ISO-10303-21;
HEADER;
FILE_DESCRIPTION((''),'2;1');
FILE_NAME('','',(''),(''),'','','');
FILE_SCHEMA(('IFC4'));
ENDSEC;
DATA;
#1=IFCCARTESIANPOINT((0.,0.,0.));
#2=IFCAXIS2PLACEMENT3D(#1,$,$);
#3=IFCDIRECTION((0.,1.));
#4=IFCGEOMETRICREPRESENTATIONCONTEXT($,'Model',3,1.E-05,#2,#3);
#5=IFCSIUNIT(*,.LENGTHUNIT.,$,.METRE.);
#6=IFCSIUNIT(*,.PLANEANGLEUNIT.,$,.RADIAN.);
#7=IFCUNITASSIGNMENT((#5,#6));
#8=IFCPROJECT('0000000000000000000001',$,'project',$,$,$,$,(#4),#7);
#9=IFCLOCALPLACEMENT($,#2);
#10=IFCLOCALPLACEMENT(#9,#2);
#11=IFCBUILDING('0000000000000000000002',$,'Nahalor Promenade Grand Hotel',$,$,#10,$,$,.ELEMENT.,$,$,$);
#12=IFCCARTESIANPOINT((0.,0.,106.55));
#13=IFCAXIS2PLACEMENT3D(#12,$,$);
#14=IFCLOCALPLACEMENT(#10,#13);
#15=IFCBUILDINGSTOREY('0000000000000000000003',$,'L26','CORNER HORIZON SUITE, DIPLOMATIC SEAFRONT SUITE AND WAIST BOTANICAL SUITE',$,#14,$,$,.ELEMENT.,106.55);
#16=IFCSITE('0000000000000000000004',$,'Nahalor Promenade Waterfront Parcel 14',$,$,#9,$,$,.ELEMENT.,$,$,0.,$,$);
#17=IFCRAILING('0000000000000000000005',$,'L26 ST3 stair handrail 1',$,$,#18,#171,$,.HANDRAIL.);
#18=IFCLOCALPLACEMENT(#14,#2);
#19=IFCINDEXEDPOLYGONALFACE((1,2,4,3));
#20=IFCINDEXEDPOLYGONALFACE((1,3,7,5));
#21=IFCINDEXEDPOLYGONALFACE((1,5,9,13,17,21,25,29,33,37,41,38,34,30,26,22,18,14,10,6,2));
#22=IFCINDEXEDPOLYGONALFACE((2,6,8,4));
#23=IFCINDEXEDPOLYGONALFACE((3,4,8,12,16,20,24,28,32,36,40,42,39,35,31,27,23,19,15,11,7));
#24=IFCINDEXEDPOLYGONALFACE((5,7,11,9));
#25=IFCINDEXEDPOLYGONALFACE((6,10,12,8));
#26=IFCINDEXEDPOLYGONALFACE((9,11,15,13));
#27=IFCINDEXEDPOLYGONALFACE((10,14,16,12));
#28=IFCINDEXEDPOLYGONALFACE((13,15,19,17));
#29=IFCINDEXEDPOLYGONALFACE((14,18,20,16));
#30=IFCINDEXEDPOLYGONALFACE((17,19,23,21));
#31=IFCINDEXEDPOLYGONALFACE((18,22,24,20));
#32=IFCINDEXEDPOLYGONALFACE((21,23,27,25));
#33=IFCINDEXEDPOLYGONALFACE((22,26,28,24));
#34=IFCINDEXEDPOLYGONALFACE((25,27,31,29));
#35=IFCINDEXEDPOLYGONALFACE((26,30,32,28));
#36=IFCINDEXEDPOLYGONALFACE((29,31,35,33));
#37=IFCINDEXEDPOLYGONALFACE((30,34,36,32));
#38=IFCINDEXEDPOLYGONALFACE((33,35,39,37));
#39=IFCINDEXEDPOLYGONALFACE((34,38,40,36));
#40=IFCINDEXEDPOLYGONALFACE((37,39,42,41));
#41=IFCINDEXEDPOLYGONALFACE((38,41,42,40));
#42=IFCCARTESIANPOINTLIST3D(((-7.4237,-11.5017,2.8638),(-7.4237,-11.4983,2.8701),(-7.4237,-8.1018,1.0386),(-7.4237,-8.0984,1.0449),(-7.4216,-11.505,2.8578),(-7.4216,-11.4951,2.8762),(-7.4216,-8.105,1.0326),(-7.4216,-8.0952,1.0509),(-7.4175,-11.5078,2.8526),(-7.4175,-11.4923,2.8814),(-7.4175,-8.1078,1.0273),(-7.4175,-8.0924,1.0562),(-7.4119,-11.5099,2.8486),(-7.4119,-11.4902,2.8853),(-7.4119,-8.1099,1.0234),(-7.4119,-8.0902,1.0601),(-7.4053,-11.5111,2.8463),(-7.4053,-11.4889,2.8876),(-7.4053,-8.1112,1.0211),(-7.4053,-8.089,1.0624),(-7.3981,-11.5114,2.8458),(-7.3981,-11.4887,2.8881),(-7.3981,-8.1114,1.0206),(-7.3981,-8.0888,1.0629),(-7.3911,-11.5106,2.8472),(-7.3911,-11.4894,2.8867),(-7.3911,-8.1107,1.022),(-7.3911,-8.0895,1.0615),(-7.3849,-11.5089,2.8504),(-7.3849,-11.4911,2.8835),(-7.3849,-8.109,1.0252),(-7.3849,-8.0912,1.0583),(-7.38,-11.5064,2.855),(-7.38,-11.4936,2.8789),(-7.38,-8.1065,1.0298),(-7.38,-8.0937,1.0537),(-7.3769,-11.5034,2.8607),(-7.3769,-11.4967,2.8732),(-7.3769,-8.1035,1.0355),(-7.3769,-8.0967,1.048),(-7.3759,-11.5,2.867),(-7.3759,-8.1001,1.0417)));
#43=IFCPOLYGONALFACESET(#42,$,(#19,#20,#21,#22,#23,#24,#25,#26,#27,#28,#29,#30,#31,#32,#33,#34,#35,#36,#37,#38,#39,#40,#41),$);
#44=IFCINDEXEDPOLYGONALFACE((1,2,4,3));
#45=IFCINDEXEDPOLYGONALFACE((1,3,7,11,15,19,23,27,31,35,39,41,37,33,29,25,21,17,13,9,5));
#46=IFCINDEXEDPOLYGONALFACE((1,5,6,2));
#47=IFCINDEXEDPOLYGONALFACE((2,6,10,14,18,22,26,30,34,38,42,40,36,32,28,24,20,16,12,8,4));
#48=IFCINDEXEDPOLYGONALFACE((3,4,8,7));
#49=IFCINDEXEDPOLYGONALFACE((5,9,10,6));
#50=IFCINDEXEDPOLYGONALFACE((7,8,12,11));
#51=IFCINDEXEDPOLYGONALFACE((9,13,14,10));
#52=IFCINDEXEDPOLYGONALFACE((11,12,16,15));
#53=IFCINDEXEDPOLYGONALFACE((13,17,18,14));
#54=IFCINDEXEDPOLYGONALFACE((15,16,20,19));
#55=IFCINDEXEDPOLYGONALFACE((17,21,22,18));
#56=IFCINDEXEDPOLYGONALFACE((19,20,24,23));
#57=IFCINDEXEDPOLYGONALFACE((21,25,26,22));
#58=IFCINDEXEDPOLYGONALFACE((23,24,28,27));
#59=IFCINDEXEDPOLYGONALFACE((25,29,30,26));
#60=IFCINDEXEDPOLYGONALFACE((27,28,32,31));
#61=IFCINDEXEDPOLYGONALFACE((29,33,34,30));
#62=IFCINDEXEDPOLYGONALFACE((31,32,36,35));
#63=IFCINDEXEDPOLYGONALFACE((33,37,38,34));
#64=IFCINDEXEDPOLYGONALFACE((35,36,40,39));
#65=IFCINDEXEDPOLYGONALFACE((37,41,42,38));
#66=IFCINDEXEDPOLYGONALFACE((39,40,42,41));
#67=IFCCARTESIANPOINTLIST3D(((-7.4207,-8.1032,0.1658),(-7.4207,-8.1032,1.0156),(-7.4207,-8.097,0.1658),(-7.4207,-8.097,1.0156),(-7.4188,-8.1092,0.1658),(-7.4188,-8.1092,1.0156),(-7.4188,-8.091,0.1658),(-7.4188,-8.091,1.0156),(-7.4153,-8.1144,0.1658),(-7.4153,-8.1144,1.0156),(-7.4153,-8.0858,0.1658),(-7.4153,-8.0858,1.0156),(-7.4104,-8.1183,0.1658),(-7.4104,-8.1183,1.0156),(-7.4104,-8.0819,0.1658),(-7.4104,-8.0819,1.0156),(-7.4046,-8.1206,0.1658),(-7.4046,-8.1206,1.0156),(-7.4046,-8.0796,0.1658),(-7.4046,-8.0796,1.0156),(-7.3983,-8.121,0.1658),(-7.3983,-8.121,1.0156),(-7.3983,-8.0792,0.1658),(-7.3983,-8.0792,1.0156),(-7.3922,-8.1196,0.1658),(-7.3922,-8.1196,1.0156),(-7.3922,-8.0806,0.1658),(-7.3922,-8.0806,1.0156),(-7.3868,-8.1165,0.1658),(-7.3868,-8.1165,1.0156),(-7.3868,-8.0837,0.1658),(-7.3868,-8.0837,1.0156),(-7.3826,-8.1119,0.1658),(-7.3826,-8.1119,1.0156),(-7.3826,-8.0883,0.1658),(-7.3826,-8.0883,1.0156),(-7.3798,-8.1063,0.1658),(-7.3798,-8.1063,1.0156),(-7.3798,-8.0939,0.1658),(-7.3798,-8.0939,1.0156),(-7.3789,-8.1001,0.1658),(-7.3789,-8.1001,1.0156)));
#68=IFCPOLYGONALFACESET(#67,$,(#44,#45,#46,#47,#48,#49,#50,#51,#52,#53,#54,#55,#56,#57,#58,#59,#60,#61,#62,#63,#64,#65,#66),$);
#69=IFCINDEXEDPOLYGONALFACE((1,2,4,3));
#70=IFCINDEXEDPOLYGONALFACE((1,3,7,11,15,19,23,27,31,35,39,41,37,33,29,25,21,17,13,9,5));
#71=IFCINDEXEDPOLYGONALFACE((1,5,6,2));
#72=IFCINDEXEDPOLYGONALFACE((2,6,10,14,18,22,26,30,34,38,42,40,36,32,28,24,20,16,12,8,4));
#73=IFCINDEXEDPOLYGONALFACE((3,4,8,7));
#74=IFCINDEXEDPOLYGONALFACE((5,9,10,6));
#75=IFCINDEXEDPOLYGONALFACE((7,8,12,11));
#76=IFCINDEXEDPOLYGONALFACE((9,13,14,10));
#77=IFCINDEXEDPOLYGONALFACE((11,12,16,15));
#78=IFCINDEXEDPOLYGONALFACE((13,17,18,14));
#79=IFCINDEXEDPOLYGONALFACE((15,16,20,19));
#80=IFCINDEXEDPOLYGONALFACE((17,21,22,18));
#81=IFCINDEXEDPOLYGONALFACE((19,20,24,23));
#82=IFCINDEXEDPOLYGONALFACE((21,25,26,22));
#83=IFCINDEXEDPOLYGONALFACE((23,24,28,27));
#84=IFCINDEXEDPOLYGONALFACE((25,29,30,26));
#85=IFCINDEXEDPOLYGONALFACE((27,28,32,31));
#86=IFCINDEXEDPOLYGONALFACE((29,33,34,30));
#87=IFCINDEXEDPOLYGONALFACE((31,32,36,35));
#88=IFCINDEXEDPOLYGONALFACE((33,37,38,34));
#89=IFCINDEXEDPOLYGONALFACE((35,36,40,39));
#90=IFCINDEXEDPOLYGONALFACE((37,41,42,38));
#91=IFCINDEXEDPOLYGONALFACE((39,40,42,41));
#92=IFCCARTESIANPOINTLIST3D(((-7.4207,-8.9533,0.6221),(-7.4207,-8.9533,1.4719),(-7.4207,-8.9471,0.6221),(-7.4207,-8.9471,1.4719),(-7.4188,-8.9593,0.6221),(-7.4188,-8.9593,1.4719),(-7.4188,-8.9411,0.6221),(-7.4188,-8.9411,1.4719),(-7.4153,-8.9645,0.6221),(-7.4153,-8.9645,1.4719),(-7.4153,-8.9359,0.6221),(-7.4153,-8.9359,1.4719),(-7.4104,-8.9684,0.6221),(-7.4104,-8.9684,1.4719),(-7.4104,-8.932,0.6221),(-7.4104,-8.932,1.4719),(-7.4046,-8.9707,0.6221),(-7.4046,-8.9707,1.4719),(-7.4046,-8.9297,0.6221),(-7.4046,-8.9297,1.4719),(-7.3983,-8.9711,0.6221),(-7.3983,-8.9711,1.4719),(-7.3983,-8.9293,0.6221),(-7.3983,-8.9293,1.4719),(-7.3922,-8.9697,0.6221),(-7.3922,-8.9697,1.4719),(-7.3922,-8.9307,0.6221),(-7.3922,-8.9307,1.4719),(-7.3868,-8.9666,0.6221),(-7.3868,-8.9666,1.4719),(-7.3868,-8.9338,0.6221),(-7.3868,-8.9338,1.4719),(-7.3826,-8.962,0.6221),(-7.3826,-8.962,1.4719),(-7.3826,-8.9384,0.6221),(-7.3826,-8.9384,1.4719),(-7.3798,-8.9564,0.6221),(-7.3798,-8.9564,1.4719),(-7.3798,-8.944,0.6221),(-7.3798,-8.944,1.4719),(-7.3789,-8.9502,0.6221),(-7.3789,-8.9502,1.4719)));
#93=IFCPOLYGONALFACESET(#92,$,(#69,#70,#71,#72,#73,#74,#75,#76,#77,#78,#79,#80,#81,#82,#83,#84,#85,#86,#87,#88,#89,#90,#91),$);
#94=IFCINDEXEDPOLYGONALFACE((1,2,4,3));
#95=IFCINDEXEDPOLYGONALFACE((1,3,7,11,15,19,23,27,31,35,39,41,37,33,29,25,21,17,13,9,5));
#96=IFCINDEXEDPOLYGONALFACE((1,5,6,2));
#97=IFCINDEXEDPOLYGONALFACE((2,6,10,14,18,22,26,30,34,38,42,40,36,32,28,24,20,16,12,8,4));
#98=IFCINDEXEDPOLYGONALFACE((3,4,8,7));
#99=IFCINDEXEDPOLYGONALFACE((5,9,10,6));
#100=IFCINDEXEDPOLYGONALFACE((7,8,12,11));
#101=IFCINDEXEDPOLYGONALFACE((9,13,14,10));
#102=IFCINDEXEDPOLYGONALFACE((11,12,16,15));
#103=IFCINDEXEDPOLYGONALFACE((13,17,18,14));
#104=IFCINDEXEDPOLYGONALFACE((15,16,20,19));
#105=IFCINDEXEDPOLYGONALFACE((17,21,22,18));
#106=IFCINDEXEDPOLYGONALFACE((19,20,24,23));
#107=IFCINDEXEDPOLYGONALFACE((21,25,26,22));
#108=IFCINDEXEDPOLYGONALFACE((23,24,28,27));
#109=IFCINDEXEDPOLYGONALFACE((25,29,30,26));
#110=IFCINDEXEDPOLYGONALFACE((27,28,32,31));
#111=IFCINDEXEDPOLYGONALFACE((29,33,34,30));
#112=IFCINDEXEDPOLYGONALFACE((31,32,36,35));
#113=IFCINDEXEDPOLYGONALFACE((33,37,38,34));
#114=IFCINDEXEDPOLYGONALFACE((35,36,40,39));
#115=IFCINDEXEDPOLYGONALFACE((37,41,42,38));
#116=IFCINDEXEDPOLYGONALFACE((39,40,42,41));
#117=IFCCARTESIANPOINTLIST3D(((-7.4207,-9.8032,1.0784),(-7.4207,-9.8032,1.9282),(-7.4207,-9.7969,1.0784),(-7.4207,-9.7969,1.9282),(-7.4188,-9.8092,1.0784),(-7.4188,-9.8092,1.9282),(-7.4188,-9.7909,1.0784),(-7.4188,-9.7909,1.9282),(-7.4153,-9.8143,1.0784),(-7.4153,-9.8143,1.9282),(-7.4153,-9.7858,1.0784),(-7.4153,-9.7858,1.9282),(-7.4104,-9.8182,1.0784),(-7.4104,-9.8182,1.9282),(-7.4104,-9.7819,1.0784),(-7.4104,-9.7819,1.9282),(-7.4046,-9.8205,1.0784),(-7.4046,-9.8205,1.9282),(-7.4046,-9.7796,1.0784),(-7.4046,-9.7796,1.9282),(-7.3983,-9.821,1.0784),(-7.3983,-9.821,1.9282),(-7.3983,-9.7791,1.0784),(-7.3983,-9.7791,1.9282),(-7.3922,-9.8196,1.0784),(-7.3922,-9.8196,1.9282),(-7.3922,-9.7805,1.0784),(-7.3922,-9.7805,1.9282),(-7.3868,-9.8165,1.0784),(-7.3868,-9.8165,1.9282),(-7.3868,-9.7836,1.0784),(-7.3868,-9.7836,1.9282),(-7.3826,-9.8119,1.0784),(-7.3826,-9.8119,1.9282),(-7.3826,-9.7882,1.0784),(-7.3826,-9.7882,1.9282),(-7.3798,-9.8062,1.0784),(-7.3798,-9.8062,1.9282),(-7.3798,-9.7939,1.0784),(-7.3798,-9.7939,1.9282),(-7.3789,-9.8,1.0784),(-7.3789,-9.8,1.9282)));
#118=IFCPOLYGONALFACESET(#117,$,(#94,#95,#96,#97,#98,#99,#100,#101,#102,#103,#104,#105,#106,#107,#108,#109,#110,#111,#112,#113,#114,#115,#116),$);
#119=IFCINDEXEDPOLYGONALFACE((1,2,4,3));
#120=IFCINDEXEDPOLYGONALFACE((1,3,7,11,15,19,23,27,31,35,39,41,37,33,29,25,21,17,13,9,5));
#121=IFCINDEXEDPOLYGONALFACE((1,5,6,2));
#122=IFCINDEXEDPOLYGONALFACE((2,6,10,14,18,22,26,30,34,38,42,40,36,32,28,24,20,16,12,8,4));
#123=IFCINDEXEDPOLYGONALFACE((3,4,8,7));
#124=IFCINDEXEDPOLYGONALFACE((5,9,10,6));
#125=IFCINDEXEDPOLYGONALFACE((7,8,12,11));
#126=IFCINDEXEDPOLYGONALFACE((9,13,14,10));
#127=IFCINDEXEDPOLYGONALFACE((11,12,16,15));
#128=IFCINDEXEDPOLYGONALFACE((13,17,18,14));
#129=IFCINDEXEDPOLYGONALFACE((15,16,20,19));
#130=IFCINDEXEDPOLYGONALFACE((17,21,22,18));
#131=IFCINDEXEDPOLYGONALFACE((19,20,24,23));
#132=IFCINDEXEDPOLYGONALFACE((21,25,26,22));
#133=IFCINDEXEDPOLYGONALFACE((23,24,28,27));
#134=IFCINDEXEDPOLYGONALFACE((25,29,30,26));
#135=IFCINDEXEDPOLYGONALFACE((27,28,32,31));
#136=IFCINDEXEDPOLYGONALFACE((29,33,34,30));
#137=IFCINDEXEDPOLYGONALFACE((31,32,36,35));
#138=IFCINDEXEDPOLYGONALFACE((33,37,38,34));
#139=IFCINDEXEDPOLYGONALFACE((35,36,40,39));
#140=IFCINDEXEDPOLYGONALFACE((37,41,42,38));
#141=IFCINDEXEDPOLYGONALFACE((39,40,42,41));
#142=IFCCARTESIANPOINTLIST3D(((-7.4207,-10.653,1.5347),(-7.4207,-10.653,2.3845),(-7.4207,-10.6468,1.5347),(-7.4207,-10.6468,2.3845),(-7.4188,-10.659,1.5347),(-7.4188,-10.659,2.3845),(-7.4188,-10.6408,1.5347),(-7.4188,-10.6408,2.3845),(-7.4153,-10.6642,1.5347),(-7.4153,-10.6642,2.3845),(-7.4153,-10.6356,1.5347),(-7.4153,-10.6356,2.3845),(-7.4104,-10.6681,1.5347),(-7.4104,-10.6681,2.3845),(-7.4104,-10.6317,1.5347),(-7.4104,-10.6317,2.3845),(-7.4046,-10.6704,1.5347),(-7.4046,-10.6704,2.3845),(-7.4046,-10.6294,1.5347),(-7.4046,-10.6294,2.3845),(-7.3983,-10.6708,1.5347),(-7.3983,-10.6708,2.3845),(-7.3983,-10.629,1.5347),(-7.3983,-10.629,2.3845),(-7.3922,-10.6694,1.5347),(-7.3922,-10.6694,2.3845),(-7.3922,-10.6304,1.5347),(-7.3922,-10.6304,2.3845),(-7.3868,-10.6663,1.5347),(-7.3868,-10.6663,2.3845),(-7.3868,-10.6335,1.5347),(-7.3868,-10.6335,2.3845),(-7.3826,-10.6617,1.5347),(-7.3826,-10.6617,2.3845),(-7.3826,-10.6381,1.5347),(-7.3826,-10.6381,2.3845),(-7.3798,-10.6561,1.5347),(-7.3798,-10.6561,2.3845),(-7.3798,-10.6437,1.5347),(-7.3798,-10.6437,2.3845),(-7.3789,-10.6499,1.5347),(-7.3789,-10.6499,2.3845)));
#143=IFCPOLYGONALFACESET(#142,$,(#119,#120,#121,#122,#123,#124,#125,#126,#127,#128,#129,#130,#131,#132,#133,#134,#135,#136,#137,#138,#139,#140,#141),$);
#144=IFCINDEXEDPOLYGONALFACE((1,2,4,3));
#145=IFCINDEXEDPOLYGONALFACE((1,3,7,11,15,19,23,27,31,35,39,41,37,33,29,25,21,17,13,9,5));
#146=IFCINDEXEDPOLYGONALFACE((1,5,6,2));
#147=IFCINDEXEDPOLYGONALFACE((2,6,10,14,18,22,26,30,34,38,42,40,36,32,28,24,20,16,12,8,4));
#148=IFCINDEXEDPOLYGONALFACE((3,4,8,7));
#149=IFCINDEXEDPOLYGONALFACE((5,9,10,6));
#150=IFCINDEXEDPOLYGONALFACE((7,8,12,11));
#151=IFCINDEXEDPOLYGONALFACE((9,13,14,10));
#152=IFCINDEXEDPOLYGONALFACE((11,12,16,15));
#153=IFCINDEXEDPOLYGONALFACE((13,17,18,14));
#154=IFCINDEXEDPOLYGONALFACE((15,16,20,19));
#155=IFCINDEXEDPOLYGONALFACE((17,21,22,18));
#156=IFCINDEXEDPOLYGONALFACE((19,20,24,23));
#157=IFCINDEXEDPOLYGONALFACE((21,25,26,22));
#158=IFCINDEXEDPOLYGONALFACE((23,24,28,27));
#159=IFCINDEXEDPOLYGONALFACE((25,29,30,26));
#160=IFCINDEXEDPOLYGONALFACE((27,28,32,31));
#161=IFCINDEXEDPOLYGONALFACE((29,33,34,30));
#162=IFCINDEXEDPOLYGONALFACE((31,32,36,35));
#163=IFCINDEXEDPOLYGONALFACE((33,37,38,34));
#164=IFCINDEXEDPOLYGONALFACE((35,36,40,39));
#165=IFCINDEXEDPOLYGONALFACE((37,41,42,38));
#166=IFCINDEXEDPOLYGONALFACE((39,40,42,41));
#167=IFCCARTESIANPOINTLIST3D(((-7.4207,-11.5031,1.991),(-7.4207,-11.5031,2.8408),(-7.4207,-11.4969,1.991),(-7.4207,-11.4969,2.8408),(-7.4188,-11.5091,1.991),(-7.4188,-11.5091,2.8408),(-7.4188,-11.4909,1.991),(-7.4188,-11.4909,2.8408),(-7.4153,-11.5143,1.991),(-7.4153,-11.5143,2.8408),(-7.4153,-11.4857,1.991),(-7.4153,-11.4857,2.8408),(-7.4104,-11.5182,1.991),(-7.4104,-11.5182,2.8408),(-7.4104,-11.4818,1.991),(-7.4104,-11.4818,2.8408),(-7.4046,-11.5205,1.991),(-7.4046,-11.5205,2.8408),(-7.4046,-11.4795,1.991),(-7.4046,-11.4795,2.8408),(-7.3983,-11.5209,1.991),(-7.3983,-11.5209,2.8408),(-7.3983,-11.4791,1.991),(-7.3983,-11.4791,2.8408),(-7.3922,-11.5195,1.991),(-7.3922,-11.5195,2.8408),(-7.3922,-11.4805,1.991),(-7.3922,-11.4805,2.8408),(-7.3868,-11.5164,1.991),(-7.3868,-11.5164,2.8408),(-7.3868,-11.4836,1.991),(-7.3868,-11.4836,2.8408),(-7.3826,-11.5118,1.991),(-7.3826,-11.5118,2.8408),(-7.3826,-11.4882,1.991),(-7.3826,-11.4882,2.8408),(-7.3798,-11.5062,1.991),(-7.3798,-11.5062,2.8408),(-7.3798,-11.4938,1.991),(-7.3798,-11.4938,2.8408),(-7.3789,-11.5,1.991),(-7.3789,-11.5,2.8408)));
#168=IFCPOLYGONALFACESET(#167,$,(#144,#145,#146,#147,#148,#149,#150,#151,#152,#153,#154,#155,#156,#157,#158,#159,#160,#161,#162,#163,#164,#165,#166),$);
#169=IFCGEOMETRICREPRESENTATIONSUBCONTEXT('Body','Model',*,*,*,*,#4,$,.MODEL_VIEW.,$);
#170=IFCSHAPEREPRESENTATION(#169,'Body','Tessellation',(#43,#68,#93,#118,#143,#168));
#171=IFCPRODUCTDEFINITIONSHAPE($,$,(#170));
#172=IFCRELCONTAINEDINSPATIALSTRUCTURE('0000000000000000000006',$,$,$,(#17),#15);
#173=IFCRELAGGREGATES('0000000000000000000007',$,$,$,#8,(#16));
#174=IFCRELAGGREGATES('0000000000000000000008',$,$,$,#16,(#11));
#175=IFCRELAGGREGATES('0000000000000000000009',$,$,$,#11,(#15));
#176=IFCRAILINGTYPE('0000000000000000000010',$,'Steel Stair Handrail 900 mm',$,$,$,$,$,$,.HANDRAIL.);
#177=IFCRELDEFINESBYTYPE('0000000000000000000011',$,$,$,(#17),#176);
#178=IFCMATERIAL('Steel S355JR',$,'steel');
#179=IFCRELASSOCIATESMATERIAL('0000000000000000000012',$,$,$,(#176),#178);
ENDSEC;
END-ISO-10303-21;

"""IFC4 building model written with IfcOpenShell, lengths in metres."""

from ifc_helpers import new_model, si_unit, direction, frame, origin, origin_2d, place, context, subcontext, project, spatial, circle, extrude, material, type_object, element, save


model = new_model("IFC4")

# Units and contexts
model_context = context("Model", 3, precision=1e-05, world=origin(), true_north=direction((0.0, 1.0)))
body_context = subcontext(model_context, "Body", "Model", "MODEL_VIEW")
ifc_project = project(units=[si_unit("LENGTHUNIT", "METRE"), si_unit("PLANEANGLEUNIT", "RADIAN")], contexts=[model_context])

# Site, building, storey
site_placement = place(None, origin())
site = spatial("IfcSite", under=ifc_project, at=site_placement, Name="Nahalor Promenade Waterfront Parcel 14", CompositionType="ELEMENT", RefElevation=0.0)
building_placement = place(site_placement, origin())
building = spatial("IfcBuilding", under=site, at=building_placement, Name="Nahalor Promenade Grand Hotel", CompositionType="ELEMENT")
storey_placement = place(building_placement, frame((0.0, 0.0, 106.55)))
storey = spatial("IfcBuildingStorey", under=building, at=storey_placement, Name="L26", Description="CORNER HORIZON SUITE, DIPLOMATIC SEAFRONT SUITE AND WAIST BOTANICAL SUITE", CompositionType="ELEMENT", Elevation=106.55)

# Shared definitions
ifc_material_1 = material(Name="Steel S355JR", Category="steel")

# Railing
railing_type_1 = type_object("IfcRailingType", Name="Steel Stair Handrail 900 mm", PredefinedType="HANDRAIL", material=ifc_material_1)
railing_1_placement = place(storey_placement, frame((-7.3999, -8.1001, 0.1658)))
element("IfcRailing", 1, at=railing_1_placement, inside=storey, type_object=railing_type_1, Name="L26 ST3 stair handrail 1", PredefinedType="HANDRAIL", context=body_context, shape_type="SweptSolid", body=[
    extrude(circle(Radius=0.024, at=origin_2d()), frame((0.0, 0.0, 0.876), z_axis=(0.0, -0.881068, 0.47299), x_axis=(1.0, 0.0, 0.0)), (0.0, 0.0, 1.0), 3.8589),
    extrude(circle(Radius=0.021, at=origin_2d()), origin(), (0.0, 0.0, 1.0), 0.8499),
    extrude(circle(Radius=0.021, at=origin_2d()), frame((0.0, -0.8501, 0.4563)), (0.0, 0.0, 1.0), 0.8499),
    extrude(circle(Radius=0.021, at=origin_2d()), frame((0.0, -1.7, 0.9126)), (0.0, 0.0, 1.0), 0.8499),
    extrude(circle(Radius=0.021, at=origin_2d()), frame((0.0, -2.5498, 1.3689)), (0.0, 0.0, 1.0), 0.8499),
    extrude(circle(Radius=0.021, at=origin_2d()), frame((0.0, -3.3999, 1.8252)), (0.0, 0.0, 1.0), 0.8499),
])

save(model, "model.ifc")
